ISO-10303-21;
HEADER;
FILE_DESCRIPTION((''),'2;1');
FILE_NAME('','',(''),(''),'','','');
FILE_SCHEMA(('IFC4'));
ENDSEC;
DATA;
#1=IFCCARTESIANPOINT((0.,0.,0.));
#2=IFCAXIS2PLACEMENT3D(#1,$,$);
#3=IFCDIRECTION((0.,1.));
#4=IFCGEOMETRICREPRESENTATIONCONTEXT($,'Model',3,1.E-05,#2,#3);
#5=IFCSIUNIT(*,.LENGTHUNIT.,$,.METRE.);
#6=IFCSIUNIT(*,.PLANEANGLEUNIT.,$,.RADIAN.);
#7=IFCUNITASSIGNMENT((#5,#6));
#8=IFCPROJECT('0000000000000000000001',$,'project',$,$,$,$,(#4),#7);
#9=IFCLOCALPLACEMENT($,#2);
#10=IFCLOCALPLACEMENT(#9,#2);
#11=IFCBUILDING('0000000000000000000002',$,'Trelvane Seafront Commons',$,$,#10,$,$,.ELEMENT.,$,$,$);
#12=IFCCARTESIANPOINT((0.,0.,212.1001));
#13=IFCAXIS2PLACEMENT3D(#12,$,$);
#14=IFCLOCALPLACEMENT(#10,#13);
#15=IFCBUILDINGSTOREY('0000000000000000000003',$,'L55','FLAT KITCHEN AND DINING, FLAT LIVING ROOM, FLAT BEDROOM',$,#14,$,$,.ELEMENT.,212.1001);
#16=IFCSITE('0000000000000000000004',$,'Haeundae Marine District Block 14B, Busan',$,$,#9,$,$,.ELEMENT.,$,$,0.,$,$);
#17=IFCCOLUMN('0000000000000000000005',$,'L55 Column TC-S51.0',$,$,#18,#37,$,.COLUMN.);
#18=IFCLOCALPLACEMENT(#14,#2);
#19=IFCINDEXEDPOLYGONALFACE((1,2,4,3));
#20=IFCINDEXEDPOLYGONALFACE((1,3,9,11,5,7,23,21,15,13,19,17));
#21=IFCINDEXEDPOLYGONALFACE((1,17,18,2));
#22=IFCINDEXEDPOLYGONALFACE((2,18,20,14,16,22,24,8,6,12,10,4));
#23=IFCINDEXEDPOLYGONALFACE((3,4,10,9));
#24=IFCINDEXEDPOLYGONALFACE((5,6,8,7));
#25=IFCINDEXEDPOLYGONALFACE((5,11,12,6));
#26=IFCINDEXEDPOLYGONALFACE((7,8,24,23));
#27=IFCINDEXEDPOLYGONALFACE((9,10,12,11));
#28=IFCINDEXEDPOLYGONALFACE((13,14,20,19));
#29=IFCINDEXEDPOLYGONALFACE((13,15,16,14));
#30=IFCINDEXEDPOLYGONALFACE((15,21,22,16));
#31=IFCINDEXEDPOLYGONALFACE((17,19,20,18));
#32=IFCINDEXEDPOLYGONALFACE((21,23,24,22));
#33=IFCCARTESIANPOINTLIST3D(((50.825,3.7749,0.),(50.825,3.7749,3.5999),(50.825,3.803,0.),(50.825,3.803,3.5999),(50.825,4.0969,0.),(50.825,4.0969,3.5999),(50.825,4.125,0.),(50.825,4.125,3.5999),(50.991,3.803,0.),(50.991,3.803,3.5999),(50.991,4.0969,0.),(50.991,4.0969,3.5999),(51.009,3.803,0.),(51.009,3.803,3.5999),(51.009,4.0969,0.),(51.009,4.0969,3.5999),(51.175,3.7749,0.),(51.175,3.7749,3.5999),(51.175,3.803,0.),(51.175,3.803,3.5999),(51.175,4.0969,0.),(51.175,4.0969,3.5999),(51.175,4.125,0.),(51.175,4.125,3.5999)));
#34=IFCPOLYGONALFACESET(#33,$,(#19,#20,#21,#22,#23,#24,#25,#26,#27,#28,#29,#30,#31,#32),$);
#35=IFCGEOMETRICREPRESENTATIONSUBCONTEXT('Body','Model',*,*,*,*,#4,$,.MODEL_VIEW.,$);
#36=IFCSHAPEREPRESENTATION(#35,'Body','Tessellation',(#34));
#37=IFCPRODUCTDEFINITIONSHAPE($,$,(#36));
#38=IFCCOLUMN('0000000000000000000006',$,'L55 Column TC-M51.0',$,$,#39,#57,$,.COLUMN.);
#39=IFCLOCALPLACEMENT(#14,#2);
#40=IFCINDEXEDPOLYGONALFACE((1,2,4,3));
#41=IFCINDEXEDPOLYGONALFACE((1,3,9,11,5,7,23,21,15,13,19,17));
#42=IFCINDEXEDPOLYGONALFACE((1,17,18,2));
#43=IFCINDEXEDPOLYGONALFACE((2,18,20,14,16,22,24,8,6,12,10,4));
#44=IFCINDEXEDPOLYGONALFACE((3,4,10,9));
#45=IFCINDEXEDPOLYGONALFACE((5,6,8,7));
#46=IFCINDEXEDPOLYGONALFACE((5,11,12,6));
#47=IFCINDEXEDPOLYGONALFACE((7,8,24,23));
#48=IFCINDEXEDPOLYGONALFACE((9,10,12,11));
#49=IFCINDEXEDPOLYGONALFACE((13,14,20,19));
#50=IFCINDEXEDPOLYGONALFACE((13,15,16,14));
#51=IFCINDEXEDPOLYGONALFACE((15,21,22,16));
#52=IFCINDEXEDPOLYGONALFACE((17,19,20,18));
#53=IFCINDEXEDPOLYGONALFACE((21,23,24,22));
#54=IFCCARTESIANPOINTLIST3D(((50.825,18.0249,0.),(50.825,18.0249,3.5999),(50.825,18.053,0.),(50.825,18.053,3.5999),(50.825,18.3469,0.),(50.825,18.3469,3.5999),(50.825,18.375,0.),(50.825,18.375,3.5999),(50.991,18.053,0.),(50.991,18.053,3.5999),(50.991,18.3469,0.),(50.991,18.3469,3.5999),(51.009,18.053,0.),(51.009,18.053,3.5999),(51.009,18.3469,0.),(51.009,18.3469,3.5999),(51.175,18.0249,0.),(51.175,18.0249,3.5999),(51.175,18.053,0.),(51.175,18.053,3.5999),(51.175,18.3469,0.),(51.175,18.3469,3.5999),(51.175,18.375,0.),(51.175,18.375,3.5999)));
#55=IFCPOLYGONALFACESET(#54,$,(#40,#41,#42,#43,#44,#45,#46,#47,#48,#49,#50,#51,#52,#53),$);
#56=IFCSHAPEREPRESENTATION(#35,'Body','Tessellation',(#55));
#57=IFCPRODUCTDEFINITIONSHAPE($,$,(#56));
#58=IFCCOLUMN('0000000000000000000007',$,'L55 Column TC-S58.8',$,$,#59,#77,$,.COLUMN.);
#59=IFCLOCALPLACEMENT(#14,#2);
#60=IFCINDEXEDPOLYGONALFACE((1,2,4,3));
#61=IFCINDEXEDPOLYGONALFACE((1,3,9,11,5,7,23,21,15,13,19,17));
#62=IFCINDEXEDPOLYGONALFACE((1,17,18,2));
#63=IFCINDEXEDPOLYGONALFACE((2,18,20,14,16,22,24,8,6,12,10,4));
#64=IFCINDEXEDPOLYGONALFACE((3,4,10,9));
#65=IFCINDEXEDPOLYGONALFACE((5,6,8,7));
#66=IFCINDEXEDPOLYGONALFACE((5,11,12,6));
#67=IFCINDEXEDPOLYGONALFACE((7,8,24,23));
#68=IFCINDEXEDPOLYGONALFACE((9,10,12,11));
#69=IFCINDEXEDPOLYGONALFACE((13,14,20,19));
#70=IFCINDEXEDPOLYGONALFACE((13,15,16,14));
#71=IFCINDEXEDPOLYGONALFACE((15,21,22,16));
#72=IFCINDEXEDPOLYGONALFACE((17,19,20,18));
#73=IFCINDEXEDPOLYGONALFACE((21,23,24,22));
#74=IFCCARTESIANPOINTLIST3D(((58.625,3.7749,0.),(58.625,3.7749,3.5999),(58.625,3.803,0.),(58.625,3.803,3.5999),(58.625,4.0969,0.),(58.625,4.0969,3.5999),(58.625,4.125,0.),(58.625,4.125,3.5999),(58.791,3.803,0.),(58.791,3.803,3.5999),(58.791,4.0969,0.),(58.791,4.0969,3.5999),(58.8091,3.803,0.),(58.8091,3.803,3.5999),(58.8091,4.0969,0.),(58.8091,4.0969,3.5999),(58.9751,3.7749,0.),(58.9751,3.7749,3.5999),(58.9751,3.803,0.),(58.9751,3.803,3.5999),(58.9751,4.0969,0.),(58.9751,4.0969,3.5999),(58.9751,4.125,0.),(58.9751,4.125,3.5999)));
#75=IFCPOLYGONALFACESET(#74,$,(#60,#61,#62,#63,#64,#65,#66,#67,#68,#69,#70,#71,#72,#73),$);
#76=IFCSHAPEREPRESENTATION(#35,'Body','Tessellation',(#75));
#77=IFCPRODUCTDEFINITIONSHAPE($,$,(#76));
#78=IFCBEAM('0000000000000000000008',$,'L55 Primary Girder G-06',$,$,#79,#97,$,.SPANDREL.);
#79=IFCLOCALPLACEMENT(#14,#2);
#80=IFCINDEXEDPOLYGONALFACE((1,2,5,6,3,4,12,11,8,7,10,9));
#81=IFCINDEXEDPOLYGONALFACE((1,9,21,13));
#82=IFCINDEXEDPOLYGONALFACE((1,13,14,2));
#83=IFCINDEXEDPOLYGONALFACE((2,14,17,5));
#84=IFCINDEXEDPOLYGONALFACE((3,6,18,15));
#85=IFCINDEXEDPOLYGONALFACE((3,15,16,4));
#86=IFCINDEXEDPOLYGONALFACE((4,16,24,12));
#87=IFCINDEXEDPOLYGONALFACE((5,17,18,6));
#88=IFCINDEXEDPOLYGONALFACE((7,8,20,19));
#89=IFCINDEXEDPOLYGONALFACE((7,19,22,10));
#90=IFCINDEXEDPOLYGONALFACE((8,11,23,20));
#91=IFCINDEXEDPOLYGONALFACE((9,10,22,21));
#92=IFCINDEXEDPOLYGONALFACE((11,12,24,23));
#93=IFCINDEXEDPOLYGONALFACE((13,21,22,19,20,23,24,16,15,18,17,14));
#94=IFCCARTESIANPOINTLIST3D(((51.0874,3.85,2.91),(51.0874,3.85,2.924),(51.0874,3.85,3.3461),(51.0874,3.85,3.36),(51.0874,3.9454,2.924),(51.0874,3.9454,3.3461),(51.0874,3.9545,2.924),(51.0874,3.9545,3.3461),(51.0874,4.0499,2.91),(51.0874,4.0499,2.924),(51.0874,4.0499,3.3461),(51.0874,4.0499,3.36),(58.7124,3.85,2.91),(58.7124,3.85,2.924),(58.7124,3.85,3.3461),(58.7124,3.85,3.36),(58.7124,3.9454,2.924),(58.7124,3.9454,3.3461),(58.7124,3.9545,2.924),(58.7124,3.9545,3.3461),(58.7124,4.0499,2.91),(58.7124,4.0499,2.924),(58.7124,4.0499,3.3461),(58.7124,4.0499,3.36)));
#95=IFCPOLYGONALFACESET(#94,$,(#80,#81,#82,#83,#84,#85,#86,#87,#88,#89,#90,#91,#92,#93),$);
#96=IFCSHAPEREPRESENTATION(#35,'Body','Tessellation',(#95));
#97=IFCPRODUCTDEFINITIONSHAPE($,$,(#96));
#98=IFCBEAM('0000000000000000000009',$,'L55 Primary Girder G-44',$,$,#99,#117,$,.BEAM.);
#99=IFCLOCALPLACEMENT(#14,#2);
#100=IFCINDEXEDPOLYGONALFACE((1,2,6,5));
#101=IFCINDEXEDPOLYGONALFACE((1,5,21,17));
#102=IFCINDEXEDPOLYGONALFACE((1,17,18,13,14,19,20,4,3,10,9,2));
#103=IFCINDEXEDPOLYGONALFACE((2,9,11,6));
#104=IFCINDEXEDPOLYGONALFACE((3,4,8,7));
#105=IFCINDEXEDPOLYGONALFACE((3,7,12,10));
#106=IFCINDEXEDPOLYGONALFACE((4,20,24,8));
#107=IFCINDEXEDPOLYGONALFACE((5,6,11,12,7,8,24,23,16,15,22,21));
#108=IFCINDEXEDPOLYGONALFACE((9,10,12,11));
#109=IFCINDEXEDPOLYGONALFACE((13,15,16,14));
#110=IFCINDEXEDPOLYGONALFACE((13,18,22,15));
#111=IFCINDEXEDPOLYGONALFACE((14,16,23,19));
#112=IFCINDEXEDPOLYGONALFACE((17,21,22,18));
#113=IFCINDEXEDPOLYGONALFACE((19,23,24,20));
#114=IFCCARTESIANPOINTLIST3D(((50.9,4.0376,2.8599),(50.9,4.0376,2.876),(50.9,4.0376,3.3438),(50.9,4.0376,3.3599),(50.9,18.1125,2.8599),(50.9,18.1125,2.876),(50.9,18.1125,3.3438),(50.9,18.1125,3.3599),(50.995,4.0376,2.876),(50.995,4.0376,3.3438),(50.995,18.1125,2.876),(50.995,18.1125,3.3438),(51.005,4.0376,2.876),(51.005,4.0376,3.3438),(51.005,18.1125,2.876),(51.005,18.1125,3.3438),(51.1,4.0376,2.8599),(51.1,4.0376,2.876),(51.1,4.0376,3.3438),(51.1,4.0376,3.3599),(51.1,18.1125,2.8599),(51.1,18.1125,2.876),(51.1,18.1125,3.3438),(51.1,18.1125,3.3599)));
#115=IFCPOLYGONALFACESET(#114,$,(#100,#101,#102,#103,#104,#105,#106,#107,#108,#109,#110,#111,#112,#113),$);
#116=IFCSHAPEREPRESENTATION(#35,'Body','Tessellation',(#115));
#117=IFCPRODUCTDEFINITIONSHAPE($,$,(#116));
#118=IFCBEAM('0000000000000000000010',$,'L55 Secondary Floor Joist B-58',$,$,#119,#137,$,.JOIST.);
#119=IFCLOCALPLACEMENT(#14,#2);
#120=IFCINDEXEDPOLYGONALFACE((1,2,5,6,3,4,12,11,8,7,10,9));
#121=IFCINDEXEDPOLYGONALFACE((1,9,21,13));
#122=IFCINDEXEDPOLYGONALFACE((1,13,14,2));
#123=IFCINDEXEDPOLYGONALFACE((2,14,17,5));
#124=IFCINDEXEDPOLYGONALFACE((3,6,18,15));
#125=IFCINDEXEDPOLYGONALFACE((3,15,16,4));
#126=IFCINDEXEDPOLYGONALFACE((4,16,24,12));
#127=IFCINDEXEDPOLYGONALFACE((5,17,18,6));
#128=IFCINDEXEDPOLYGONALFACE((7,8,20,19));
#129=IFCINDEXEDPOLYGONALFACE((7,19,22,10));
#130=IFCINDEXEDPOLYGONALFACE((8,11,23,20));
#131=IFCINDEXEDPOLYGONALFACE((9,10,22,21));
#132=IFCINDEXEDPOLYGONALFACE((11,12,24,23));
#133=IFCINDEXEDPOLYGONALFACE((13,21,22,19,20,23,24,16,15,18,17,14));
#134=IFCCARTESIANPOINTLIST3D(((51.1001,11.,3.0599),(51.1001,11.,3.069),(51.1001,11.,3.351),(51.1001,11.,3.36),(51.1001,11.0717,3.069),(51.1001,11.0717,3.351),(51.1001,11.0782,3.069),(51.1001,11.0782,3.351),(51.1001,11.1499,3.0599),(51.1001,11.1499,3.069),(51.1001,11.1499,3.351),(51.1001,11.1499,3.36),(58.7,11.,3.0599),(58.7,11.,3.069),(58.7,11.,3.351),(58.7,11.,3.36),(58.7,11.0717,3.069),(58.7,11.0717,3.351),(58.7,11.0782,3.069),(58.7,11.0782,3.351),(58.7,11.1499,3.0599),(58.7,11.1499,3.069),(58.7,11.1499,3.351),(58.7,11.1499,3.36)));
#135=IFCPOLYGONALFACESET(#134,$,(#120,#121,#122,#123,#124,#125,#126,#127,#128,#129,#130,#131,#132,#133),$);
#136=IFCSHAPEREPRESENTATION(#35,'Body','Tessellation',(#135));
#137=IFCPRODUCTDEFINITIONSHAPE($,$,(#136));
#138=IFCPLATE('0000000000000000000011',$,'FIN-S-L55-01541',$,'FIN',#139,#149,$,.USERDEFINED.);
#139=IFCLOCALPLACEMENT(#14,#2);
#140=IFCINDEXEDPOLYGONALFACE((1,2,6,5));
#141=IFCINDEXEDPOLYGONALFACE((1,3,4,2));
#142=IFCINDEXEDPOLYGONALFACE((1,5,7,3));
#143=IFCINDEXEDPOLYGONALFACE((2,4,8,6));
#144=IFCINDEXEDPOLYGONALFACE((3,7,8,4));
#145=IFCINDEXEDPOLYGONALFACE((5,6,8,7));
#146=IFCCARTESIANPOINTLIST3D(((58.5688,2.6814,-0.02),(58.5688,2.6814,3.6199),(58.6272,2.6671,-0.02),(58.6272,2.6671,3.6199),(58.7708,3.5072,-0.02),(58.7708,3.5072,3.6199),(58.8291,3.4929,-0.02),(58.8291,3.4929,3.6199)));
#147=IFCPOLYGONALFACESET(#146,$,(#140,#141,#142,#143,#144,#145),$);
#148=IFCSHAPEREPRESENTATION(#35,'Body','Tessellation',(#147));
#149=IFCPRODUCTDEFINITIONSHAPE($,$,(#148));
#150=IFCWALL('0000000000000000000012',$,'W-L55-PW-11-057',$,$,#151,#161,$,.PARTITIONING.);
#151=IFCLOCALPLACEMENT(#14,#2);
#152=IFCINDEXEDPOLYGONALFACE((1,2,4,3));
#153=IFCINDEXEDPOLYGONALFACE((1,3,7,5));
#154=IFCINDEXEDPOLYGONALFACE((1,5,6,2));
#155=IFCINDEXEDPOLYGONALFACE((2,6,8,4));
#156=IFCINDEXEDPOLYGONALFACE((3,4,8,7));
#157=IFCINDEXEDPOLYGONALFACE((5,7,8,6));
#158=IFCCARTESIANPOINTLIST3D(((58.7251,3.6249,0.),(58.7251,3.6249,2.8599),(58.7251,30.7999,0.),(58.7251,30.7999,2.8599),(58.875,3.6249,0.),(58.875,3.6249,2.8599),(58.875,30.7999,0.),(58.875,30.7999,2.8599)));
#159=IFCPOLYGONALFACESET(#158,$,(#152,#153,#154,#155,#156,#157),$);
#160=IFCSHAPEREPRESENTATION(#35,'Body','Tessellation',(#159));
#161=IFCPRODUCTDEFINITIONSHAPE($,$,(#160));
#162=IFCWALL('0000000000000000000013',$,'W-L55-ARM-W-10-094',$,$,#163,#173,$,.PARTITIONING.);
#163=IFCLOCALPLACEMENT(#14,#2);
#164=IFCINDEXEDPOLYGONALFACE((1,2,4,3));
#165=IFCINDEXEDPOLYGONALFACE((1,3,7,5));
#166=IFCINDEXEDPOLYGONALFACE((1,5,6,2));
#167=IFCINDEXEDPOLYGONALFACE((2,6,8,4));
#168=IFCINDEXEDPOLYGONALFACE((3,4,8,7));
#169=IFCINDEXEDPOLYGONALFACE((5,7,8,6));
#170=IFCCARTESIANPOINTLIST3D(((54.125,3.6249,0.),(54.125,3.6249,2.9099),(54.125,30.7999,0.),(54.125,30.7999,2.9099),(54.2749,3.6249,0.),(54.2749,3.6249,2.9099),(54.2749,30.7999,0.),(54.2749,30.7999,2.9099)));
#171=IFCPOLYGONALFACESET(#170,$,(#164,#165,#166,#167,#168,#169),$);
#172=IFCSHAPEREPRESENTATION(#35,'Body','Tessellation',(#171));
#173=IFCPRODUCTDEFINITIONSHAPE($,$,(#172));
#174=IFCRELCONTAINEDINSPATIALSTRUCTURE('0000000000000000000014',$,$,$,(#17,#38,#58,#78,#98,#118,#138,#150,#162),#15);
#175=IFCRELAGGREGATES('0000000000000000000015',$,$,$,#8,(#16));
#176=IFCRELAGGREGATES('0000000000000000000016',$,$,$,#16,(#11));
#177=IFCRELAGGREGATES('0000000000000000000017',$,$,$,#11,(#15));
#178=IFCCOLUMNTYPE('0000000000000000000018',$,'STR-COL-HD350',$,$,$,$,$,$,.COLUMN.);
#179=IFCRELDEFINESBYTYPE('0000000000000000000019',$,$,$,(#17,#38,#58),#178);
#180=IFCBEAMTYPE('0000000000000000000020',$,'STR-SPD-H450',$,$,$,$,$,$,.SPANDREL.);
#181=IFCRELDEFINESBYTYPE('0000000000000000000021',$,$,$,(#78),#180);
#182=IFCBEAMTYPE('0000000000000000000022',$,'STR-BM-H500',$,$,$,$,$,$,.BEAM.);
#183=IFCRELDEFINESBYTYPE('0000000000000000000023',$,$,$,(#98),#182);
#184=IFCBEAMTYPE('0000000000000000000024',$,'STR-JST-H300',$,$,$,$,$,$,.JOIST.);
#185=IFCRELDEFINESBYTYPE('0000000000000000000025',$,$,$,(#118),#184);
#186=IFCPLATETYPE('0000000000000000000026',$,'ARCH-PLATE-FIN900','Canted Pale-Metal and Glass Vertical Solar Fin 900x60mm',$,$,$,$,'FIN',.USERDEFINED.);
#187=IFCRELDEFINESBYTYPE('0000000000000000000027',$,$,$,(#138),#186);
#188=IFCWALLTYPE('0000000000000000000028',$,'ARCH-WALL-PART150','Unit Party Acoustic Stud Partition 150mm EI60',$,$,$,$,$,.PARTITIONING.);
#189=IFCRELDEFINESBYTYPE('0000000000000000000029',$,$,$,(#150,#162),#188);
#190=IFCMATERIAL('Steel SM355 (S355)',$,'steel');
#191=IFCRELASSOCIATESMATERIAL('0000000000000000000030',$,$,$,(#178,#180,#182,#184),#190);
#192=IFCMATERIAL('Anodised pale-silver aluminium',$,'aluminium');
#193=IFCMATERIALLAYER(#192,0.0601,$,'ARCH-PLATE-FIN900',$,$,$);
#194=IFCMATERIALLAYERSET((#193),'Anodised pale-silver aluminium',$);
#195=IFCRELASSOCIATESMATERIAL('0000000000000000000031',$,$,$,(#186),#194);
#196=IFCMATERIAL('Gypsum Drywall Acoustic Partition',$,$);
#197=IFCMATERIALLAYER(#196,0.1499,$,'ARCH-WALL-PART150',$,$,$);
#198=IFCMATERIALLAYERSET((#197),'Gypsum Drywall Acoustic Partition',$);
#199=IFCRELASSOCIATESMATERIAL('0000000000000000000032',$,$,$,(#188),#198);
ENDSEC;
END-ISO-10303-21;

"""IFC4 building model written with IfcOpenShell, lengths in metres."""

from ifc_helpers import new_model, si_unit, direction, frame, frame_2d, origin, origin_2d, place, context, subcontext, project, spatial, rectangle, i_section, extrude, source, transform, mapped, material, layer, layer_set, material_profile, profile_set, type_object, element, save


model = new_model("IFC4")

# Units and contexts
model_context = context("Model", 3, precision=1e-05, world=origin(), true_north=direction((0.0, 1.0)))
body_context = subcontext(model_context, "Body", "Model", "MODEL_VIEW")
ifc_project = project(units=[si_unit("LENGTHUNIT", "METRE"), si_unit("PLANEANGLEUNIT", "RADIAN")], contexts=[model_context])

# Site, building, storey
site_placement = place(None, origin())
site = spatial("IfcSite", under=ifc_project, at=site_placement, Name="Haeundae Marine District Block 14B, Busan", CompositionType="ELEMENT", RefElevation=0.0)
building_placement = place(site_placement, origin())
building = spatial("IfcBuilding", under=site, at=building_placement, Name="Trelvane Seafront Commons", CompositionType="ELEMENT")
storey_placement = place(building_placement, frame((0.0, 0.0, 212.1001)))
storey = spatial("IfcBuildingStorey", under=building, at=storey_placement, Name="L55", Description="FLAT KITCHEN AND DINING, FLAT LIVING ROOM, FLAT BEDROOM", CompositionType="ELEMENT", Elevation=212.1001)

# Columns
ifc_material_1 = material(Name="Steel SM355 (S355)", Category="steel")
ifc_material_profile_1 = material_profile(ifc_material_1, i_section(OverallWidth=0.3501, OverallDepth=0.3501, WebThickness=0.0181, FlangeThickness=0.0281, at=origin_2d()), Name="HD-350x350x18x28")
ifc_profile_set_1 = profile_set([ifc_material_profile_1], Name="Steel SM355 (S355)")
column_type = type_object("IfcColumnType", Name="STR-COL-HD350", PredefinedType="COLUMN", material=ifc_profile_set_1)
shared_shape_1 = source(origin(), body_context, "Body", "SweptSolid", [
    extrude(i_section(OverallWidth=0.3501, OverallDepth=0.3501, WebThickness=0.0181, FlangeThickness=0.0281, at=origin_2d()), origin(), (0.0, 0.0, 1.0), 3.5999),
])
for number, where, z_axis, x_axis, name in (
    (1, (51.0, 3.95, 0.0), (0.0, 0.0, 1.0), (1.0, 0.0, 0.0), "L55 Column TC-S51.0"),
    (2, (51.0, 18.2, 0.0), (0.0, 0.0, 1.0), (1.0, 0.0, 0.0), "L55 Column TC-M51.0"),
    (3, (58.8, 3.95, 0.0), (0.0, 0.0, 1.0), (1.0, 0.0, 0.0), "L55 Column TC-S58.8"),
):
    element("IfcColumn", number, at=place(storey_placement, frame(where, z_axis=z_axis, x_axis=x_axis)), inside=storey, type_object=column_type, Name=name, PredefinedType="COLUMN", context=body_context, shape_type="MappedRepresentation", body=[
        mapped(shared_shape_1, transform((0.0, 0.0, 0.0), x_axis=(1.0, 0.0, 0.0), y_axis=(0.0, 1.0, 0.0), z_axis=(0.0, 0.0, 1.0), scale=1.0)),
    ])

# Beams
ifc_material_profile_2 = material_profile(ifc_material_1, i_section(OverallWidth=0.2, OverallDepth=0.45, WebThickness=0.009, FlangeThickness=0.0139, at=origin_2d()), Name="H-450x200x9x14")
ifc_profile_set_2 = profile_set([ifc_material_profile_2], Name="Steel SM355 (S355)")
beam_type_1 = type_object("IfcBeamType", Name="STR-SPD-H450", PredefinedType="SPANDREL", material=ifc_profile_set_2)
shared_shape_2 = source(origin(), body_context, "Body", "SweptSolid", [
    extrude(i_section(OverallWidth=0.2, OverallDepth=0.45, WebThickness=0.009, FlangeThickness=0.0139, at=origin_2d()), origin(), (0.0, 0.0, 1.0), 7.625),
])
beam_1_placement = place(storey_placement, frame((51.0874, 3.95, 3.135), z_axis=(1.0, 0.0, 0.0), x_axis=(0.0, 1.0, 0.0)))
element("IfcBeam", 4, at=beam_1_placement, inside=storey, type_object=beam_type_1, Name="L55 Primary Girder G-06", PredefinedType="SPANDREL", context=body_context, shape_type="MappedRepresentation", body=[
    mapped(shared_shape_2, transform((0.0, 0.0, 0.0), x_axis=(1.0, 0.0, 0.0), y_axis=(0.0, 1.0, 0.0), z_axis=(0.0, 0.0, 1.0), scale=1.0)),
])
ifc_material_profile_3 = material_profile(ifc_material_1, i_section(OverallWidth=0.2, OverallDepth=0.5, WebThickness=0.01, FlangeThickness=0.0161, at=origin_2d()), Name="H-500x200x10x16")
ifc_profile_set_3 = profile_set([ifc_material_profile_3], Name="Steel SM355 (S355)")
beam_type_2 = type_object("IfcBeamType", Name="STR-BM-H500", PredefinedType="BEAM", material=ifc_profile_set_3)
shared_shape_3 = source(origin(), body_context, "Body", "SweptSolid", [
    extrude(i_section(OverallWidth=0.2, OverallDepth=0.5, WebThickness=0.01, FlangeThickness=0.0161, at=origin_2d()), origin(), (0.0, 0.0, 1.0), 14.075),
])
beam_2_placement = place(storey_placement, frame((51.0, 4.0376, 3.1099), z_axis=(0.0, 1.0, 0.0), x_axis=(-1.0, 0.0, 0.0)))
element("IfcBeam", 5, at=beam_2_placement, inside=storey, type_object=beam_type_2, Name="L55 Primary Girder G-44", PredefinedType="BEAM", context=body_context, shape_type="MappedRepresentation", body=[
    mapped(shared_shape_3, transform((0.0, 0.0, 0.0), x_axis=(1.0, 0.0, 0.0), y_axis=(0.0, 1.0, 0.0), z_axis=(0.0, 0.0, 1.0), scale=1.0)),
])
ifc_material_profile_4 = material_profile(ifc_material_1, i_section(OverallWidth=0.1499, OverallDepth=0.3, WebThickness=0.0066, FlangeThickness=0.009, at=origin_2d()), Name="H-300x150x6.5x9")
ifc_profile_set_4 = profile_set([ifc_material_profile_4], Name="Steel SM355 (S355)")
beam_type_3 = type_object("IfcBeamType", Name="STR-JST-H300", PredefinedType="JOIST", material=ifc_profile_set_4)
shared_shape_4 = source(origin(), body_context, "Body", "SweptSolid", [
    extrude(i_section(OverallWidth=0.1499, OverallDepth=0.3, WebThickness=0.0066, FlangeThickness=0.009, at=origin_2d()), origin(), (0.0, 0.0, 1.0), 7.5999),
])
beam_3_placement = place(storey_placement, frame((51.1001, 11.075, 3.21), z_axis=(1.0, 0.0, 0.0), x_axis=(0.0, 1.0, 0.0)))
element("IfcBeam", 6, at=beam_3_placement, inside=storey, type_object=beam_type_3, Name="L55 Secondary Floor Joist B-58", PredefinedType="JOIST", context=body_context, shape_type="MappedRepresentation", body=[
    mapped(shared_shape_4, transform((0.0, 0.0, 0.0), x_axis=(1.0, 0.0, 0.0), y_axis=(0.0, 1.0, 0.0), z_axis=(0.0, 0.0, 1.0), scale=1.0)),
])

# Plate
ifc_material_2 = material(Name="Anodised pale-silver aluminium", Category="aluminium")
ifc_layer_1 = layer(ifc_material_2, 0.0601, Name="ARCH-PLATE-FIN900")
ifc_layer_set_1 = layer_set([ifc_layer_1], Name="Anodised pale-silver aluminium")
plate_type = type_object("IfcPlateType", Name="ARCH-PLATE-FIN900", Description="Canted Pale-Metal and Glass Vertical Solar Fin 900x60mm", ElementType="FIN", PredefinedType="USERDEFINED", material=ifc_layer_set_1)
shared_shape_5 = source(origin(), body_context, "Body", "SweptSolid", [
    extrude(rectangle(XDim=0.8501, YDim=0.0601, at=origin_2d()), origin(), (0.0, 0.0, 1.0), 3.6399),
])
plate_placement = place(storey_placement, frame((58.699, 3.0872, -0.02), z_axis=(0.0, 0.0, 1.0), x_axis=(-0.237521, -0.971382, 0.0)))
element("IfcPlate", 7, at=plate_placement, inside=storey, type_object=plate_type, Name="FIN-S-L55-01541", ObjectType="FIN", PredefinedType="USERDEFINED", context=body_context, shape_type="MappedRepresentation", body=[
    mapped(shared_shape_5, transform((0.0, 0.0, 0.0), x_axis=(1.0, 0.0, 0.0), y_axis=(0.0, 1.0, 0.0), z_axis=(0.0, 0.0, 1.0), scale=1.0)),
])

# Shared definitions
ifc_material_3 = material(Name="Gypsum Drywall Acoustic Partition")

# Walls
ifc_layer_2 = layer(ifc_material_3, 0.1499, Name="ARCH-WALL-PART150")
ifc_layer_set_2 = layer_set([ifc_layer_2], Name="Gypsum Drywall Acoustic Partition")
wall_type_1 = type_object("IfcWallType", Name="ARCH-WALL-PART150", Description="Unit Party Acoustic Stud Partition 150mm EI60", PredefinedType="PARTITIONING", material=ifc_layer_set_2)
wall_1_placement = place(storey_placement, frame((58.8, 3.625, 0.0), z_axis=(0.0, 0.0, 1.0), x_axis=(0.0, 1.0, 0.0)))
element("IfcWall", 8, at=wall_1_placement, inside=storey, type_object=wall_type_1, Name="W-L55-PW-11-057", PredefinedType="PARTITIONING", context=body_context, shape_type="SweptSolid", body=[
    extrude(rectangle(XDim=27.175, YDim=0.1499, at=frame_2d((13.5874, 0.0))), origin(), (0.0, 0.0, 1.0), 2.8599),
])
for number, where, z_axis, x_axis, name in (
    (9, (54.2, 3.625, 0.0), (0.0, 0.0, 1.0), (0.0, 1.0, 0.0), "W-L55-ARM-W-10-094"),
):
    element("IfcWall", number, at=place(storey_placement, frame(where, z_axis=z_axis, x_axis=x_axis)), inside=storey, type_object=wall_type_1, Name=name, PredefinedType="PARTITIONING", context=body_context, shape_type="SweptSolid", body=[
        extrude(rectangle(XDim=27.175, YDim=0.1499, at=frame_2d((13.5874, 0.0))), origin(), (0.0, 0.0, 1.0), 2.9099),
    ])

save(model, "model.ifc")
